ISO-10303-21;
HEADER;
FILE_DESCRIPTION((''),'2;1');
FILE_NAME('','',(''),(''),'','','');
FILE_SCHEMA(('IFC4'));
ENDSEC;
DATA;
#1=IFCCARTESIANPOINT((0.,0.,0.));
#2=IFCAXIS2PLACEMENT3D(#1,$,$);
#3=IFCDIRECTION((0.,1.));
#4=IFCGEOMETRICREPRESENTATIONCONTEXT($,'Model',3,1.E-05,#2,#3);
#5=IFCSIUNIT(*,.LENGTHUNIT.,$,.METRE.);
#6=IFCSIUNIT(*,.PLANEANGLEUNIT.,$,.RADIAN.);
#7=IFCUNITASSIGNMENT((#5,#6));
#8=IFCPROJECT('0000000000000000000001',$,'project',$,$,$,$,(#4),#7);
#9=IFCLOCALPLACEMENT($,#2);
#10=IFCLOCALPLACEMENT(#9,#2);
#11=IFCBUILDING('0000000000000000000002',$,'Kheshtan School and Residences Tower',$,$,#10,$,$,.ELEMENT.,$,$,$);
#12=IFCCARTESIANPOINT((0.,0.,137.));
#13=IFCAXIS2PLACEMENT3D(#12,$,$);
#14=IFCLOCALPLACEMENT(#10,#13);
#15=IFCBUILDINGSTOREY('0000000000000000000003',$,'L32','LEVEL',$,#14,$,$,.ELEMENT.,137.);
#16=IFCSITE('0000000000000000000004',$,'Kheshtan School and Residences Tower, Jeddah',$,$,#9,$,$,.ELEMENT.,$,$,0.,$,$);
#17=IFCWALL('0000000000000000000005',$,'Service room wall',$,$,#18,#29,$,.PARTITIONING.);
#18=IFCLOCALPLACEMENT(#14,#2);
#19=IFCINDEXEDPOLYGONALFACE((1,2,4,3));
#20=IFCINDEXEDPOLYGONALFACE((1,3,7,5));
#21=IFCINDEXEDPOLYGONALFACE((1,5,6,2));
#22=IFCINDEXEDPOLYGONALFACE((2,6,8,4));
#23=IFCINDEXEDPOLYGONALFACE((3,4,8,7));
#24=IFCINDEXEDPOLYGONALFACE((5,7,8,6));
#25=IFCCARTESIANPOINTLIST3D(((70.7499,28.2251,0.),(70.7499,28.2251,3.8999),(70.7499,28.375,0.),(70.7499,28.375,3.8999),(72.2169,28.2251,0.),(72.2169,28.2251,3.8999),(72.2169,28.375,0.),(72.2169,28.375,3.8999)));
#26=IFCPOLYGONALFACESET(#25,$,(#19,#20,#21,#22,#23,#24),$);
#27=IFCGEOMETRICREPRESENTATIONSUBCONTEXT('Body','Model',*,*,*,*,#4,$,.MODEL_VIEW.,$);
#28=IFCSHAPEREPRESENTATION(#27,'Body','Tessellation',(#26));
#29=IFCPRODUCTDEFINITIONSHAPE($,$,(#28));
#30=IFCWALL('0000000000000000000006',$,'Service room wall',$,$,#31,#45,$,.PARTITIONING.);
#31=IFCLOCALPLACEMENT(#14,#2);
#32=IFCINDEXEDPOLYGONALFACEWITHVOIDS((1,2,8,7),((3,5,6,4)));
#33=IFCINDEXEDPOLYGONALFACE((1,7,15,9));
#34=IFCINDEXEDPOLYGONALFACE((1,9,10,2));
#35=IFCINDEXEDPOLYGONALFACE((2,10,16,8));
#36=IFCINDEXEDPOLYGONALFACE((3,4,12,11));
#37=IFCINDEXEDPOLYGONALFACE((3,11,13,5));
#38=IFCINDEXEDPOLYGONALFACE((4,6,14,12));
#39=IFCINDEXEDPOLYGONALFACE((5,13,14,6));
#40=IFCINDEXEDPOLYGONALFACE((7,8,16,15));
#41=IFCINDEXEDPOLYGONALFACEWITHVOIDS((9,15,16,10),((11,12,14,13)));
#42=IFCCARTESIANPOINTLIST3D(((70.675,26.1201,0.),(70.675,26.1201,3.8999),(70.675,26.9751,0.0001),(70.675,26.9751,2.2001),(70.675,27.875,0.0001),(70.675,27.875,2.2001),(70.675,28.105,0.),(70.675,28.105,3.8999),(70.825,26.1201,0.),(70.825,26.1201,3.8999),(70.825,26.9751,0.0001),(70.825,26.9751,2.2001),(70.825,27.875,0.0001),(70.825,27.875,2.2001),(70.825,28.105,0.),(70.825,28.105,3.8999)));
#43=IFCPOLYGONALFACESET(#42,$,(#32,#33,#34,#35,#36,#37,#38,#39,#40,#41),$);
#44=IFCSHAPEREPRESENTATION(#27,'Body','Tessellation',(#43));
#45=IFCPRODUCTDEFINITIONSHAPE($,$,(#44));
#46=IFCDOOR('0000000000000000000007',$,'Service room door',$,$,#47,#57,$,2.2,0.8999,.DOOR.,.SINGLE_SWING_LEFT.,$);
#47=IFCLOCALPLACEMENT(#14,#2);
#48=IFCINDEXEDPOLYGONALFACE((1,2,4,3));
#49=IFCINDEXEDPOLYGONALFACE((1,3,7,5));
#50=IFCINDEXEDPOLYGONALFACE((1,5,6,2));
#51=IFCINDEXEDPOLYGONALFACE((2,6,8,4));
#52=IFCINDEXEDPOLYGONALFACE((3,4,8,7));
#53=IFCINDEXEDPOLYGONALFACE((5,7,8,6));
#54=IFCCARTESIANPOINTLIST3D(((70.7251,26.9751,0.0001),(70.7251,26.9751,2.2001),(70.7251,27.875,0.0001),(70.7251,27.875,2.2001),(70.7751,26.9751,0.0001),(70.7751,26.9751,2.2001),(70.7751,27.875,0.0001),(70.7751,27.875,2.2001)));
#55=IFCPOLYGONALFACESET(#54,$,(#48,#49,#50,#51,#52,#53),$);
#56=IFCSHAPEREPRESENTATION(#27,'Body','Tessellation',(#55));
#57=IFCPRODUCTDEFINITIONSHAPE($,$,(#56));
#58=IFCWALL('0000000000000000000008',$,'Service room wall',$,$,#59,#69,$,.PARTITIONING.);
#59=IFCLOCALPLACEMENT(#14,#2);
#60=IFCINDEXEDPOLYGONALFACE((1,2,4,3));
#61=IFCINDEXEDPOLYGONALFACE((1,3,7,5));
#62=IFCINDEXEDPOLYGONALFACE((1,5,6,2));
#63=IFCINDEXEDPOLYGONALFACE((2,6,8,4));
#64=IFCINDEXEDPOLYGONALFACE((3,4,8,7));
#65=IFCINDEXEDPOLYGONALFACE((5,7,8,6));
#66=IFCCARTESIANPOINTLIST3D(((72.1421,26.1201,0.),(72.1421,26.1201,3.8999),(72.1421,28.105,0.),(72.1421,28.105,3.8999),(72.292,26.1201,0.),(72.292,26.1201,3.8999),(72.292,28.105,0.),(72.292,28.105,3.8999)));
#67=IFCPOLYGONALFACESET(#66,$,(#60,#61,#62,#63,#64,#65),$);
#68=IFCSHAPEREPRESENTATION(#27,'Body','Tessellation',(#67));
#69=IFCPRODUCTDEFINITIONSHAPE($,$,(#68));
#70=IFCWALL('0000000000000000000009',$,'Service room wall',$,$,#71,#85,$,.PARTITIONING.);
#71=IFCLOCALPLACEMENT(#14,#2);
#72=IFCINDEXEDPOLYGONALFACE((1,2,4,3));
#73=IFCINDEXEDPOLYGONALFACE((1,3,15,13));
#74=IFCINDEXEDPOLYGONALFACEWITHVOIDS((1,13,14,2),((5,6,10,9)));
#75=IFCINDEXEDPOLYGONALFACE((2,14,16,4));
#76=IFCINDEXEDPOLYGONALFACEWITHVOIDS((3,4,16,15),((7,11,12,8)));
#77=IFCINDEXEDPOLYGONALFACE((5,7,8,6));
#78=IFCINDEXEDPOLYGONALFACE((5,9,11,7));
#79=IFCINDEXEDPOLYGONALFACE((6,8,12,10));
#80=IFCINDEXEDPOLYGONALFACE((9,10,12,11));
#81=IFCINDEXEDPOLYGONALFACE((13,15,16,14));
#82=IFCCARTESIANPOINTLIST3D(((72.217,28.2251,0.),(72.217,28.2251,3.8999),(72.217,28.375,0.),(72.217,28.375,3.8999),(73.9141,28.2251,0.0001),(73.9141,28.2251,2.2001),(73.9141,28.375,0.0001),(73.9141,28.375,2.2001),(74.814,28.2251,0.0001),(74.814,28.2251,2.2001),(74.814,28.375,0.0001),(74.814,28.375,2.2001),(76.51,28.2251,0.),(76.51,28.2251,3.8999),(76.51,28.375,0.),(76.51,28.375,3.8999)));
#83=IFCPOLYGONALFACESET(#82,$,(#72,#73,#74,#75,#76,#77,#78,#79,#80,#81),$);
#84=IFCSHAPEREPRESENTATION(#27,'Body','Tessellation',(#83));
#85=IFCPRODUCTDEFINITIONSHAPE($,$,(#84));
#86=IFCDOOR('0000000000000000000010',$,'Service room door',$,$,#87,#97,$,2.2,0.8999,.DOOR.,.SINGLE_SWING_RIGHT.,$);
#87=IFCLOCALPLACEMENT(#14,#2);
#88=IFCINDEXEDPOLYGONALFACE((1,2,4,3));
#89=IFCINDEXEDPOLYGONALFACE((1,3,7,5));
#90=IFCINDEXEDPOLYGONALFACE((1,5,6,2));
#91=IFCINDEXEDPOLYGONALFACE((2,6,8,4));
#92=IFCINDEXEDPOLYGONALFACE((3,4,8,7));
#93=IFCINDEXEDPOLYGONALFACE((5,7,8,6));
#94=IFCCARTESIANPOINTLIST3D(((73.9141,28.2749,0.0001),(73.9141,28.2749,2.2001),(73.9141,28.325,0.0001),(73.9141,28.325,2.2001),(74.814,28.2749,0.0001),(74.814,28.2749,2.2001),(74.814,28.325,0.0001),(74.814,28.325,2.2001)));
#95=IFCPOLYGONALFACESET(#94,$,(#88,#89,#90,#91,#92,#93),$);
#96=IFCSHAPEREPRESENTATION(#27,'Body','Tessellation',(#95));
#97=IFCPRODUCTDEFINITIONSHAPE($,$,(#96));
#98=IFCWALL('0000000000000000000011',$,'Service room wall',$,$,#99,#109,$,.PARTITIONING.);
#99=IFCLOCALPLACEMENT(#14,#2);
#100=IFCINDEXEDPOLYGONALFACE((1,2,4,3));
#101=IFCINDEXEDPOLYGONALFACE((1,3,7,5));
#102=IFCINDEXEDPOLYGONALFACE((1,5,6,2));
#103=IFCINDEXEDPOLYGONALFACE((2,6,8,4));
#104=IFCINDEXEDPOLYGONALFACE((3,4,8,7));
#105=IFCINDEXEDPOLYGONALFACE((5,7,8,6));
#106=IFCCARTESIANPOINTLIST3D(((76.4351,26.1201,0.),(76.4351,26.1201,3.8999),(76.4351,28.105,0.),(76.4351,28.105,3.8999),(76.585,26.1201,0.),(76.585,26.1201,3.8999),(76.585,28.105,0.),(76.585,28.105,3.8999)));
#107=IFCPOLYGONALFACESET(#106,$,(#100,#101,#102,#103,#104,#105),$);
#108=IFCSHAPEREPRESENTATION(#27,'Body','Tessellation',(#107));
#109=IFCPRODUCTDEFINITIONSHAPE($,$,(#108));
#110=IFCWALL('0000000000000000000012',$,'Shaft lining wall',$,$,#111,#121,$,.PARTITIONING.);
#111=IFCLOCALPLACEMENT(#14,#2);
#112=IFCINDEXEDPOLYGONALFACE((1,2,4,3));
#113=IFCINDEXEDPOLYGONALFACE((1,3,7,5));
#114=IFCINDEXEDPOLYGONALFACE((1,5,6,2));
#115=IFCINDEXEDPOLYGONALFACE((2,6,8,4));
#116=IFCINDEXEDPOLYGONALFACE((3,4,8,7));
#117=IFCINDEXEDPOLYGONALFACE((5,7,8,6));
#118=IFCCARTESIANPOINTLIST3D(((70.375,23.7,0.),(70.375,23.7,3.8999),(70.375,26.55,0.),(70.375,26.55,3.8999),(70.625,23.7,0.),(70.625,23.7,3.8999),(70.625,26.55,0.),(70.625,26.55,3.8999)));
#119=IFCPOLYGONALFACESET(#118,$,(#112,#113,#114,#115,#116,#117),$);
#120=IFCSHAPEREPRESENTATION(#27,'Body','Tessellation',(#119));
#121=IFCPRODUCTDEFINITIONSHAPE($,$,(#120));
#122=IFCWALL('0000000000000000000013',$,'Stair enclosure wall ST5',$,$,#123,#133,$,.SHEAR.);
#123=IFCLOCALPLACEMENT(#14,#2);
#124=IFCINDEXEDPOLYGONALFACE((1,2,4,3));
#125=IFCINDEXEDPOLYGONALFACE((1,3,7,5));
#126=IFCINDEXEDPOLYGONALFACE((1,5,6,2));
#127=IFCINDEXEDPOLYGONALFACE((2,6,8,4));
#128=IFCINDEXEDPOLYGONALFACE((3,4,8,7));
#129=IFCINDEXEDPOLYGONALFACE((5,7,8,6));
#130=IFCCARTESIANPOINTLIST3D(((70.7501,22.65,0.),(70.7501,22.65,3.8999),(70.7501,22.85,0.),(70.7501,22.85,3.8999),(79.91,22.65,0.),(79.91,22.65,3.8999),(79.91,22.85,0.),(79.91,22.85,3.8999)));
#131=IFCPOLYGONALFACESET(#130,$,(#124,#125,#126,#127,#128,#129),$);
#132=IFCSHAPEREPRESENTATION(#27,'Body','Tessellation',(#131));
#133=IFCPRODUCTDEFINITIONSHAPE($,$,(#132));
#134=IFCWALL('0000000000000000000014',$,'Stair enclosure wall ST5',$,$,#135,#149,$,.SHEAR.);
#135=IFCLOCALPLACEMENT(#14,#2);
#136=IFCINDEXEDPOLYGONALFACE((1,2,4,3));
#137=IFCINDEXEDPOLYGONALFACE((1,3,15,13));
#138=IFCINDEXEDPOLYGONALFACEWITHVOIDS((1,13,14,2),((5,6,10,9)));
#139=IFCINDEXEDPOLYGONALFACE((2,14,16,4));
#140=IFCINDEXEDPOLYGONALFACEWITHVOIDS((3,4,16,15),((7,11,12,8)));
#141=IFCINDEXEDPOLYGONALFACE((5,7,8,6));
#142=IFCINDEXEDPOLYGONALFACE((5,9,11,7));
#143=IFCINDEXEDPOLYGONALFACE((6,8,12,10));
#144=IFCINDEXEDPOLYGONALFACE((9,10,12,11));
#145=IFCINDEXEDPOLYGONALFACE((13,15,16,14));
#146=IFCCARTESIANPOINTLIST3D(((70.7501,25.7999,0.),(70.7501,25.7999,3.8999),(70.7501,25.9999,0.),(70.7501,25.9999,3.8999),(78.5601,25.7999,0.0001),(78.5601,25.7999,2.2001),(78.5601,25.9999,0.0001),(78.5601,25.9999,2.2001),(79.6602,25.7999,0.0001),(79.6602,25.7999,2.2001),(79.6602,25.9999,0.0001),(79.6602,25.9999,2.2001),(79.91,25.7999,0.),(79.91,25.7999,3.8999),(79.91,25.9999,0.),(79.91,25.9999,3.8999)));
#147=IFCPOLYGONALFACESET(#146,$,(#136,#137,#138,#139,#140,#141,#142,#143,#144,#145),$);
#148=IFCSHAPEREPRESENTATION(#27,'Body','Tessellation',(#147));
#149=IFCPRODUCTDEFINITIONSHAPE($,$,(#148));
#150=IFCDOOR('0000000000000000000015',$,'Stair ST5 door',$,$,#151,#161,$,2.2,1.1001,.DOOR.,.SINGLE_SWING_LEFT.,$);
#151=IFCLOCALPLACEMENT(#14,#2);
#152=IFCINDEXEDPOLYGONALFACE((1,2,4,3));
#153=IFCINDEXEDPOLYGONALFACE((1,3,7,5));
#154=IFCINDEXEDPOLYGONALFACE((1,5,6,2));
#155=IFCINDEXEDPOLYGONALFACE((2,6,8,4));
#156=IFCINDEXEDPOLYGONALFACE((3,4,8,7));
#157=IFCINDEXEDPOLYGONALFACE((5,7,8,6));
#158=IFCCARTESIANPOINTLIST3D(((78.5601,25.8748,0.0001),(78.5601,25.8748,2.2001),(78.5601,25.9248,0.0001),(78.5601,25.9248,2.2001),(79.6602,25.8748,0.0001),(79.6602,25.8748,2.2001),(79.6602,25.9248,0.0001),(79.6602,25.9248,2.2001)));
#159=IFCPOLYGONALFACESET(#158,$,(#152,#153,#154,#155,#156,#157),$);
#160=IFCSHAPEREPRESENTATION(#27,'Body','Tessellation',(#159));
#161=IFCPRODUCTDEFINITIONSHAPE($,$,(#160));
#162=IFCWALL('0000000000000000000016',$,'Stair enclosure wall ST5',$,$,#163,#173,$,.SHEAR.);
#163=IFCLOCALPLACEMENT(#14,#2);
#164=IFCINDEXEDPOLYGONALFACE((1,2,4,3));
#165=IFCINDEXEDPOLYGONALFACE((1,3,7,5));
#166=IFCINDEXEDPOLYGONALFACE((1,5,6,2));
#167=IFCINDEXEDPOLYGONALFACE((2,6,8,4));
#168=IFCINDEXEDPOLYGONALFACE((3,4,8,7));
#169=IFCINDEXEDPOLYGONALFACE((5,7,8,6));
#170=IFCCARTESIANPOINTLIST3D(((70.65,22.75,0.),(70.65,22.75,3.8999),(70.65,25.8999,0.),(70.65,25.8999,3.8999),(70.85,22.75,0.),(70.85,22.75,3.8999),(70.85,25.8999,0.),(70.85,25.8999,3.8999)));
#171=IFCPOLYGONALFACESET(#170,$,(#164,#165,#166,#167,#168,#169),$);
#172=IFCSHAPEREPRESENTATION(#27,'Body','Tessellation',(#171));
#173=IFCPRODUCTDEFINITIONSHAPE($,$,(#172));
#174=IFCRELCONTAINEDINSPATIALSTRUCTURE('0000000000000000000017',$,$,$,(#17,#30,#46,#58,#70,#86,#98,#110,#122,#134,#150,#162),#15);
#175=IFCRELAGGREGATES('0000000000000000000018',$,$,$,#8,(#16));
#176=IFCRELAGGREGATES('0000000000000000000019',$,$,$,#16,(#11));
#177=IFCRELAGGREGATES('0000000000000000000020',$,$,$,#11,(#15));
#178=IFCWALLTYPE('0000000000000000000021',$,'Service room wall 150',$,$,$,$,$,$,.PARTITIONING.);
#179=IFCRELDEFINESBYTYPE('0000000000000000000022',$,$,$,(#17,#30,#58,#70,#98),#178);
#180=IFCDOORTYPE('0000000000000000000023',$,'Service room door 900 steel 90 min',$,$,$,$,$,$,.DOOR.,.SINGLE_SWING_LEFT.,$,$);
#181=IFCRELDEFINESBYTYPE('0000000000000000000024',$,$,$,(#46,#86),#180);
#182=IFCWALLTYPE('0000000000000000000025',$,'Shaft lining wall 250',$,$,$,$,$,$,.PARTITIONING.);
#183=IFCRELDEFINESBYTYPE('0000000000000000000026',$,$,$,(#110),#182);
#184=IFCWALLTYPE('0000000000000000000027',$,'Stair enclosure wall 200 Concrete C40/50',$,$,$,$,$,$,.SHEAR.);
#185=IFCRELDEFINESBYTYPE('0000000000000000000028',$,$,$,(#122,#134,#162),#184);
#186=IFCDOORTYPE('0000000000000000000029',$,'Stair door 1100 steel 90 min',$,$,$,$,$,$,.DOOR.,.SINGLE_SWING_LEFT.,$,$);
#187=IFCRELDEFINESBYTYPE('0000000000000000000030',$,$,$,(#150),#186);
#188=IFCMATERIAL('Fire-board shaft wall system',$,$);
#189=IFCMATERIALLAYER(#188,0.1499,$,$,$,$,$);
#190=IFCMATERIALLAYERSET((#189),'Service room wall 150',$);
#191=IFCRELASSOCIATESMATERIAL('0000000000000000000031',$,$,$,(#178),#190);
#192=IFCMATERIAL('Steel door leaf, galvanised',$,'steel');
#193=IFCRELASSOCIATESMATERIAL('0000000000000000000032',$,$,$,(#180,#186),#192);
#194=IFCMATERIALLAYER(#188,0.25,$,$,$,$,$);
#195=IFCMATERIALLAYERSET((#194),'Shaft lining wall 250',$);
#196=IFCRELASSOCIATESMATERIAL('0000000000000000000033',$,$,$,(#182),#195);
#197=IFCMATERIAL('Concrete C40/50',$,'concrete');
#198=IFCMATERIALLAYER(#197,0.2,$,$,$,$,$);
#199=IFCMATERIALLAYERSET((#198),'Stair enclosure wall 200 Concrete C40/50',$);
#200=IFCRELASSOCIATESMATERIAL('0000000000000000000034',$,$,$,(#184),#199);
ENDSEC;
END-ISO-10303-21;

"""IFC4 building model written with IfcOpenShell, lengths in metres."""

from ifc_helpers import new_model, si_unit, direction, frame, frame_2d, origin, place, context, subcontext, project, spatial, rectangle, extrude, source, transform, mapped, material, layer, layer_set, type_object, element, fill, save


model = new_model("IFC4")

# Units and contexts
model_context = context("Model", 3, precision=1e-05, world=origin(), true_north=direction((0.0, 1.0)))
body_context = subcontext(model_context, "Body", "Model", "MODEL_VIEW")
ifc_project = project(units=[si_unit("LENGTHUNIT", "METRE"), si_unit("PLANEANGLEUNIT", "RADIAN")], contexts=[model_context])

# Site, building, storey
site_placement = place(None, origin())
site = spatial("IfcSite", under=ifc_project, at=site_placement, Name="Kheshtan School and Residences Tower, Jeddah", CompositionType="ELEMENT", RefElevation=0.0)
building_placement = place(site_placement, origin())
building = spatial("IfcBuilding", under=site, at=building_placement, Name="Kheshtan School and Residences Tower", CompositionType="ELEMENT")
storey_placement = place(building_placement, frame((0.0, 0.0, 137.0)))
storey = spatial("IfcBuildingStorey", under=building, at=storey_placement, Name="L32", Description="LEVEL", CompositionType="ELEMENT", Elevation=137.0)

# Wall
ifc_material_1 = material(Name="Fire-board shaft wall system")
ifc_layer_1 = layer(ifc_material_1, 0.1499)
ifc_layer_set_1 = layer_set([ifc_layer_1], Name="Service room wall 150")
wall_type_1 = type_object("IfcWallType", Name="Service room wall 150", PredefinedType="PARTITIONING", material=ifc_layer_set_1)
wall_1_placement = place(storey_placement, frame((70.75, 28.3, 0.0), z_axis=(0.0, 0.0, 1.0), x_axis=(1.0, 0.0, 0.0)))
element("IfcWall", 1, at=wall_1_placement, inside=storey, type_object=wall_type_1, Name="Service room wall", PredefinedType="PARTITIONING", context=body_context, shape_type="SweptSolid", body=[
    extrude(rectangle(XDim=1.467, YDim=0.1499, at=frame_2d((0.7334, 0.0))), origin(), (0.0, 0.0, 1.0), 3.8999),
])

# Wall, opening, door
wall_2_placement = place(storey_placement, frame((70.75, 26.1201, 0.0), z_axis=(0.0, 0.0, 1.0), x_axis=(0.0, 1.0, 0.0)))
wall_2 = element("IfcWall", 2, at=wall_2_placement, inside=storey, type_object=wall_type_1, Name="Service room wall", PredefinedType="PARTITIONING", context=body_context, shape_type="SweptSolid", body=[
    extrude(rectangle(XDim=1.9849, YDim=0.1499, at=frame_2d((0.9924, 0.0))), origin(), (0.0, 0.0, 1.0), 3.8999),
])
opening_1_placement = place(wall_2_placement, frame((0.855, 0.0, 0.0)))
opening_1 = element("IfcOpeningElement", 3, at=opening_1_placement, cuts=wall_2, PredefinedType="OPENING", context=body_context, shape_type="SweptSolid", body=[
    extrude(rectangle(XDim=0.8999, YDim=2.2, at=frame_2d((0.45, 1.1001))), frame((0.0, 0.085, 0.0), z_axis=(0.0, -1.0, 0.0), x_axis=(1.0, 0.0, 0.0)), (0.0, 0.0, 1.0), 0.1699),
])
ifc_material_2 = material(Name="Steel door leaf, galvanised", Category="steel")
door_type_1 = type_object("IfcDoorType", Name="Service room door 900 steel 90 min", OperationType="SINGLE_SWING_LEFT", PredefinedType="DOOR", material=ifc_material_2)
shared_shape_1 = source(origin(), body_context, "Body", "SweptSolid", [
    extrude(rectangle(XDim=0.8999, YDim=2.2, at=frame_2d((0.45, 1.1001))), frame((0.0, 0.0249, 0.0), z_axis=(0.0, -1.0, 0.0), x_axis=(1.0, 0.0, 0.0)), (0.0, 0.0, 1.0), 0.05),
])
door_1_placement = place(opening_1_placement, origin())
door_1 = element("IfcDoor", 4, at=door_1_placement, inside=storey, type_object=door_type_1, Name="Service room door", OperationType="SINGLE_SWING_LEFT", OverallHeight=2.2, OverallWidth=0.8999, PredefinedType="DOOR", context=body_context, shape_type="MappedRepresentation", body=[
    mapped(shared_shape_1, transform((0.0, 0.0, 0.0), x_axis=(1.0, 0.0, 0.0), y_axis=(0.0, 1.0, 0.0), z_axis=(0.0, 0.0, 1.0), scale=1.0)),
])
fill(opening_1, door_1)

# Wall
wall_3_placement = place(storey_placement, frame((72.217, 26.1201, 0.0), z_axis=(0.0, 0.0, 1.0), x_axis=(0.0, 1.0, 0.0)))
element("IfcWall", 5, at=wall_3_placement, inside=storey, type_object=wall_type_1, Name="Service room wall", PredefinedType="PARTITIONING", context=body_context, shape_type="SweptSolid", body=[
    extrude(rectangle(XDim=1.9849, YDim=0.1499, at=frame_2d((0.9924, 0.0))), origin(), (0.0, 0.0, 1.0), 3.8999),
])

# Wall, opening, door
wall_4_placement = place(storey_placement, frame((72.217, 28.3, 0.0), z_axis=(0.0, 0.0, 1.0), x_axis=(1.0, 0.0, 0.0)))
wall_4 = element("IfcWall", 6, at=wall_4_placement, inside=storey, type_object=wall_type_1, Name="Service room wall", PredefinedType="PARTITIONING", context=body_context, shape_type="SweptSolid", body=[
    extrude(rectangle(XDim=4.293, YDim=0.1499, at=frame_2d((2.1465, 0.0))), origin(), (0.0, 0.0, 1.0), 3.8999),
])
opening_2_placement = place(wall_4_placement, frame((1.697, 0.0, 0.0)))
opening_2 = element("IfcOpeningElement", 7, at=opening_2_placement, cuts=wall_4, PredefinedType="OPENING", context=body_context, shape_type="SweptSolid", body=[
    extrude(rectangle(XDim=0.8999, YDim=2.2, at=frame_2d((0.45, 1.1001))), frame((0.0, 0.085, 0.0), z_axis=(0.0, -1.0, 0.0), x_axis=(1.0, 0.0, 0.0)), (0.0, 0.0, 1.0), 0.1699),
])
door_2_placement = place(opening_2_placement, origin())
door_2 = element("IfcDoor", 8, at=door_2_placement, inside=storey, type_object=door_type_1, Name="Service room door", OperationType="SINGLE_SWING_RIGHT", OverallHeight=2.2, OverallWidth=0.8999, PredefinedType="DOOR", context=body_context, shape_type="MappedRepresentation", body=[
    mapped(shared_shape_1, transform((0.0, 0.0, 0.0), x_axis=(1.0, 0.0, 0.0), y_axis=(0.0, 1.0, 0.0), z_axis=(0.0, 0.0, 1.0), scale=1.0)),
])
fill(opening_2, door_2)

# Walls
wall_5_placement = place(storey_placement, frame((76.51, 26.1201, 0.0), z_axis=(0.0, 0.0, 1.0), x_axis=(0.0, 1.0, 0.0)))
element("IfcWall", 9, at=wall_5_placement, inside=storey, type_object=wall_type_1, Name="Service room wall", PredefinedType="PARTITIONING", context=body_context, shape_type="SweptSolid", body=[
    extrude(rectangle(XDim=1.9849, YDim=0.1499, at=frame_2d((0.9924, 0.0))), origin(), (0.0, 0.0, 1.0), 3.8999),
])
ifc_layer_2 = layer(ifc_material_1, 0.25)
ifc_layer_set_2 = layer_set([ifc_layer_2], Name="Shaft lining wall 250")
wall_type_2 = type_object("IfcWallType", Name="Shaft lining wall 250", PredefinedType="PARTITIONING", material=ifc_layer_set_2)
wall_6_placement = place(storey_placement, frame((70.5, 23.7, 0.0), z_axis=(0.0, 0.0, 1.0), x_axis=(0.0, 1.0, 0.0)))
element("IfcWall", 10, at=wall_6_placement, inside=storey, type_object=wall_type_2, Name="Shaft lining wall", PredefinedType="PARTITIONING", context=body_context, shape_type="SweptSolid", body=[
    extrude(rectangle(XDim=2.8501, YDim=0.25, at=frame_2d((1.425, 0.0))), origin(), (0.0, 0.0, 1.0), 3.8999),
])
ifc_material_3 = material(Name="Concrete C40/50", Category="concrete")
ifc_layer_3 = layer(ifc_material_3, 0.2)
ifc_layer_set_3 = layer_set([ifc_layer_3], Name="Stair enclosure wall 200 Concrete C40/50")
wall_type_3 = type_object("IfcWallType", Name="Stair enclosure wall 200 Concrete C40/50", PredefinedType="SHEAR", material=ifc_layer_set_3)
wall_7_placement = place(storey_placement, frame((70.75, 22.75, 0.0), z_axis=(0.0, 0.0, 1.0), x_axis=(1.0, 0.0, 0.0)))
element("IfcWall", 11, at=wall_7_placement, inside=storey, type_object=wall_type_3, Name="Stair enclosure wall ST5", PredefinedType="SHEAR", context=body_context, shape_type="SweptSolid", body=[
    extrude(rectangle(XDim=9.1599, YDim=0.2, at=frame_2d((4.5801, 0.0))), origin(), (0.0, 0.0, 1.0), 3.8999),
])

# Wall, opening, door
wall_8_placement = place(storey_placement, frame((70.75, 25.8999, 0.0), z_axis=(0.0, 0.0, 1.0), x_axis=(1.0, 0.0, 0.0)))
wall_8 = element("IfcWall", 12, at=wall_8_placement, inside=storey, type_object=wall_type_3, Name="Stair enclosure wall ST5", PredefinedType="SHEAR", context=body_context, shape_type="SweptSolid", body=[
    extrude(rectangle(XDim=9.1599, YDim=0.2, at=frame_2d((4.5801, 0.0))), origin(), (0.0, 0.0, 1.0), 3.8999),
])
opening_3_placement = place(wall_8_placement, frame((7.8101, 0.0, 0.0)))
opening_3 = element("IfcOpeningElement", 13, at=opening_3_placement, cuts=wall_8, PredefinedType="OPENING", context=body_context, shape_type="SweptSolid", body=[
    extrude(rectangle(XDim=1.1001, YDim=2.2, at=frame_2d((0.55, 1.1001))), frame((0.0, 0.1099, 0.0), z_axis=(0.0, -1.0, 0.0), x_axis=(1.0, 0.0, 0.0)), (0.0, 0.0, 1.0), 0.22),
])
door_type_2 = type_object("IfcDoorType", Name="Stair door 1100 steel 90 min", OperationType="SINGLE_SWING_LEFT", PredefinedType="DOOR", material=ifc_material_2)
shared_shape_2 = source(origin(), body_context, "Body", "SweptSolid", [
    extrude(rectangle(XDim=1.1001, YDim=2.2, at=frame_2d((0.55, 1.1001))), frame((0.0, 0.0249, 0.0), z_axis=(0.0, -1.0, 0.0), x_axis=(1.0, 0.0, 0.0)), (0.0, 0.0, 1.0), 0.05),
])
door_3_placement = place(opening_3_placement, origin())
door_3 = element("IfcDoor", 14, at=door_3_placement, inside=storey, type_object=door_type_2, Name="Stair ST5 door", OperationType="SINGLE_SWING_LEFT", OverallHeight=2.2, OverallWidth=1.1001, PredefinedType="DOOR", context=body_context, shape_type="MappedRepresentation", body=[
    mapped(shared_shape_2, transform((0.0, 0.0, 0.0), x_axis=(1.0, 0.0, 0.0), y_axis=(0.0, 1.0, 0.0), z_axis=(0.0, 0.0, 1.0), scale=1.0)),
])
fill(opening_3, door_3)

# Wall
for number, where, z_axis, x_axis, name in (
    (15, (70.75, 22.75, 0.0), (0.0, 0.0, 1.0), (0.0, 1.0, 0.0), "Stair enclosure wall ST5"),
):
    element("IfcWall", number, at=place(storey_placement, frame(where, z_axis=z_axis, x_axis=x_axis)), inside=storey, type_object=wall_type_3, Name=name, PredefinedType="SHEAR", context=body_context, shape_type="SweptSolid", body=[
        extrude(rectangle(XDim=3.1499, YDim=0.2, at=frame_2d((1.575, 0.0))), origin(), (0.0, 0.0, 1.0), 3.8999),
    ])

save(model, "model.ifc")
